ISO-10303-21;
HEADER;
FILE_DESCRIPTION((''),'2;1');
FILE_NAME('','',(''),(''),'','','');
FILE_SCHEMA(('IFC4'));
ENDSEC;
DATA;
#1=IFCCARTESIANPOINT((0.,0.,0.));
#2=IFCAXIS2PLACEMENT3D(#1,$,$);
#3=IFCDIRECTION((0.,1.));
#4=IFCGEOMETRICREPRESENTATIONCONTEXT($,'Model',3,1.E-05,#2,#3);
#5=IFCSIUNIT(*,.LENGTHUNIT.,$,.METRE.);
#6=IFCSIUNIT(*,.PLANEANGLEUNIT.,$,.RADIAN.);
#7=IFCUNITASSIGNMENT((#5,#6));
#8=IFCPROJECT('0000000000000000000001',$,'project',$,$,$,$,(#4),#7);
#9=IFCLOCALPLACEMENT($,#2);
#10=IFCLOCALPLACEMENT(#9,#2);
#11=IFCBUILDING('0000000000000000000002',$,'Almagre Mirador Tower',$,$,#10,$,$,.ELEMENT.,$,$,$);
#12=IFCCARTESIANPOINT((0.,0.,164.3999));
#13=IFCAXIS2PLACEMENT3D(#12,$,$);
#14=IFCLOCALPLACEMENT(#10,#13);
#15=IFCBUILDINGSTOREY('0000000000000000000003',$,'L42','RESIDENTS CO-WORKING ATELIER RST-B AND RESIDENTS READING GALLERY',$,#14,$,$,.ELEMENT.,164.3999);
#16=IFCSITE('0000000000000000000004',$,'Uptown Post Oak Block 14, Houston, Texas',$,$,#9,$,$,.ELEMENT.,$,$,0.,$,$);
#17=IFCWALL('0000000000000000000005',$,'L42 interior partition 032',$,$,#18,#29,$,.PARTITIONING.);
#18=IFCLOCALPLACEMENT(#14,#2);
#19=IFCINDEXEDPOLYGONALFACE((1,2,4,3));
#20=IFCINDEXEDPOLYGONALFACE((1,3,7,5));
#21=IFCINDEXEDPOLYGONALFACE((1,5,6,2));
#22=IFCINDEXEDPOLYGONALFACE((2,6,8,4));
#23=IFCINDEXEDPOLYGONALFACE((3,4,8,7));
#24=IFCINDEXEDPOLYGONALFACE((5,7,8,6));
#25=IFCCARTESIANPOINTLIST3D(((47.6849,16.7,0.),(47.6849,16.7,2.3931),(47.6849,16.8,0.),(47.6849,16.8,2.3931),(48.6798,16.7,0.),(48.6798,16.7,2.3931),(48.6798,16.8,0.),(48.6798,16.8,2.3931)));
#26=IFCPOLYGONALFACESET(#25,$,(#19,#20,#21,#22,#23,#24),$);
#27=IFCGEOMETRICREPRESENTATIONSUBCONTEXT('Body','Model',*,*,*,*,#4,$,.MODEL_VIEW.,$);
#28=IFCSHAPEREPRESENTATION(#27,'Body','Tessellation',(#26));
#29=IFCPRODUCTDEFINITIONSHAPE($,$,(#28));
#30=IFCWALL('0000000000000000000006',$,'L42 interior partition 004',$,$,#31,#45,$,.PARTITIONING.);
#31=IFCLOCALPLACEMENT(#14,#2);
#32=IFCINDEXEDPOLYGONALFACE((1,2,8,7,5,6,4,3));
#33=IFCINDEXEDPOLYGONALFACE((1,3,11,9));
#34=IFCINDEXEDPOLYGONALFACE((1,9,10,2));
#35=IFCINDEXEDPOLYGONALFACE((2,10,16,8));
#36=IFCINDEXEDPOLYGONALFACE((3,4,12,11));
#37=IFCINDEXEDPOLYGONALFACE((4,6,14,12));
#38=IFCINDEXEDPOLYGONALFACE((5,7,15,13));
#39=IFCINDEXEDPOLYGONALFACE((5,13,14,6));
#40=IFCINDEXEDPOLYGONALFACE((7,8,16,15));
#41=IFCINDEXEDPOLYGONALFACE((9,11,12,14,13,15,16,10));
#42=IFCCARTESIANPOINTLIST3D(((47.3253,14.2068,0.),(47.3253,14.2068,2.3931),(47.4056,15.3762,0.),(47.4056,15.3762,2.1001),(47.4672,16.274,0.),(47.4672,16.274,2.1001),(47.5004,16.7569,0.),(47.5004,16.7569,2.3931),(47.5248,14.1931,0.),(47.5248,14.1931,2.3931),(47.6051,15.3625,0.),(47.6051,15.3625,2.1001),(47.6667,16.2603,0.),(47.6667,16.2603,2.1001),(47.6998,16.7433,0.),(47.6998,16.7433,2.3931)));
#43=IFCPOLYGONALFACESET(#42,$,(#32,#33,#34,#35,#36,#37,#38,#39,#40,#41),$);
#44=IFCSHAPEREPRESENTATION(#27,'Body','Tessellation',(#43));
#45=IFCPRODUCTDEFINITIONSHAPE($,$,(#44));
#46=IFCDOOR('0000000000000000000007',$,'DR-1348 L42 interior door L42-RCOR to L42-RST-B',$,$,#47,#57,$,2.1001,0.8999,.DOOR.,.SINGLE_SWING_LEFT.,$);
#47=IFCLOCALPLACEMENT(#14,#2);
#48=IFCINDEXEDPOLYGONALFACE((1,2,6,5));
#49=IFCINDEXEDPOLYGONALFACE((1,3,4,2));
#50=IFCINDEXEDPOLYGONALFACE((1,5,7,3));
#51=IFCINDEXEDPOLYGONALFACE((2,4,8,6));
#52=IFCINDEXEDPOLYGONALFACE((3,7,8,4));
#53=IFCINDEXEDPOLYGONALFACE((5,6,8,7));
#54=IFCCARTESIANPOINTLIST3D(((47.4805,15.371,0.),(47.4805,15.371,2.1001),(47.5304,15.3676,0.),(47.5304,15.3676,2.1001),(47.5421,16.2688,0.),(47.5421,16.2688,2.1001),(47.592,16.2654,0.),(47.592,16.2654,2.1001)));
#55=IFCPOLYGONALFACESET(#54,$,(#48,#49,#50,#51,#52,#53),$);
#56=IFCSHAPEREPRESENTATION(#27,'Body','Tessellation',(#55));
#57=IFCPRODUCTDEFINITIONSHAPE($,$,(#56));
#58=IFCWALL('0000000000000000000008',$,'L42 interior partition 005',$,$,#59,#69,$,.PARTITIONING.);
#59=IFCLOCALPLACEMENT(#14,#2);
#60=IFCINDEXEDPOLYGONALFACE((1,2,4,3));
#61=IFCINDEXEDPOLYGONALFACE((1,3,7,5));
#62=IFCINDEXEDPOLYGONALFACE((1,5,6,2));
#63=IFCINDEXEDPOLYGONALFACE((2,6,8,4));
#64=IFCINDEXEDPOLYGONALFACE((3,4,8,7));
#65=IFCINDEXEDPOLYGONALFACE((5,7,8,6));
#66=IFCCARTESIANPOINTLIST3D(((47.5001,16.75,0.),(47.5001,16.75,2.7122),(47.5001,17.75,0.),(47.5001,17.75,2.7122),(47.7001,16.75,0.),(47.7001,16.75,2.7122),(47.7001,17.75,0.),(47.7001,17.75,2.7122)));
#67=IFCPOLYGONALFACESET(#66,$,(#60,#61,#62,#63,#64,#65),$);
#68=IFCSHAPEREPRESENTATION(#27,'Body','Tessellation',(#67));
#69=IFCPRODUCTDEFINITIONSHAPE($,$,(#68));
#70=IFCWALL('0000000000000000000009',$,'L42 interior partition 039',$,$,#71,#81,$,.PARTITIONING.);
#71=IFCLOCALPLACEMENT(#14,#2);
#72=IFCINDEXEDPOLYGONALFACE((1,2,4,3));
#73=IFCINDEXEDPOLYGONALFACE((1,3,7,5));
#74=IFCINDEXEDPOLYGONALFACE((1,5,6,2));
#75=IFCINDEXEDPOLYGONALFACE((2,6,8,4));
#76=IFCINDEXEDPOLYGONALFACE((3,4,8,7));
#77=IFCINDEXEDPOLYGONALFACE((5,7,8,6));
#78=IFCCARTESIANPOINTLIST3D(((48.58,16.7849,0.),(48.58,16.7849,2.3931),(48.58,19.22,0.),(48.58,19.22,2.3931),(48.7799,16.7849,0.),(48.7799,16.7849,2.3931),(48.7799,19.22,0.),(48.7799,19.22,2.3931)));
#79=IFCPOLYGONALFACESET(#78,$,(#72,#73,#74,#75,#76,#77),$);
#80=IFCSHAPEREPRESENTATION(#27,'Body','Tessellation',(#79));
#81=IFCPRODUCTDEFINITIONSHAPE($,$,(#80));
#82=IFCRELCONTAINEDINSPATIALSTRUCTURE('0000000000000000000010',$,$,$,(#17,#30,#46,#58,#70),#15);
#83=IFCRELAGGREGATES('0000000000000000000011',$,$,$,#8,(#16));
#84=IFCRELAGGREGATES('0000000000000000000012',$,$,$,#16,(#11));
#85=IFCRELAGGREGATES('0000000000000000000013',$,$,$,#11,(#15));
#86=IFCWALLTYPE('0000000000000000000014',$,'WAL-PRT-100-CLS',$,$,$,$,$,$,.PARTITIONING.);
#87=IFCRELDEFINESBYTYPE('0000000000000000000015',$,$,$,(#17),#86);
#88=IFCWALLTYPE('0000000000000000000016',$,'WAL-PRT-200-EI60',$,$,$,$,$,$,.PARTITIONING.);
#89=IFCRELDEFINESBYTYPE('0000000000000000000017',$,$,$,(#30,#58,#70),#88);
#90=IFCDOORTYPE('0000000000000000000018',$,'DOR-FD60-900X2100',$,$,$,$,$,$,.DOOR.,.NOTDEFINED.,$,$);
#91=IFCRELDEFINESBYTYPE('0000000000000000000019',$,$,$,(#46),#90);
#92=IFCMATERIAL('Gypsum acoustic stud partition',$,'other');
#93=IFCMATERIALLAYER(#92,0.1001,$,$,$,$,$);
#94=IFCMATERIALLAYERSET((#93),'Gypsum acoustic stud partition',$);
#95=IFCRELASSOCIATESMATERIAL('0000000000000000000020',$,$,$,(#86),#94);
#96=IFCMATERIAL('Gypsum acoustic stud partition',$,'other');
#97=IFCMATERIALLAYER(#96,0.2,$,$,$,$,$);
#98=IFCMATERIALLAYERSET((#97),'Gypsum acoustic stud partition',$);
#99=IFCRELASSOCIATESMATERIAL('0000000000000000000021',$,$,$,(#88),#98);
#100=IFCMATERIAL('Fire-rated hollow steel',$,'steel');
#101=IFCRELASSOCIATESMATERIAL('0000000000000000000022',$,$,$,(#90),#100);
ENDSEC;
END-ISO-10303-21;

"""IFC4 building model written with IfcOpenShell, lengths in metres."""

from ifc_helpers import new_model, si_unit, direction, frame, frame_2d, origin, place, context, subcontext, project, spatial, rectangle, extrude, material, layer, layer_set, type_object, element, fill, save


model = new_model("IFC4")

# Units and contexts
model_context = context("Model", 3, precision=1e-05, world=origin(), true_north=direction((0.0, 1.0)))
body_context = subcontext(model_context, "Body", "Model", "MODEL_VIEW")
ifc_project = project(units=[si_unit("LENGTHUNIT", "METRE"), si_unit("PLANEANGLEUNIT", "RADIAN")], contexts=[model_context])

# Site, building, storey
site_placement = place(None, origin())
site = spatial("IfcSite", under=ifc_project, at=site_placement, Name="Uptown Post Oak Block 14, Houston, Texas", CompositionType="ELEMENT", RefElevation=0.0)
building_placement = place(site_placement, origin())
building = spatial("IfcBuilding", under=site, at=building_placement, Name="Almagre Mirador Tower", CompositionType="ELEMENT")
storey_placement = place(building_placement, frame((0.0, 0.0, 164.3999)))
storey = spatial("IfcBuildingStorey", under=building, at=storey_placement, Name="L42", Description="RESIDENTS CO-WORKING ATELIER RST-B AND RESIDENTS READING GALLERY", CompositionType="ELEMENT", Elevation=164.3999)

# Wall
ifc_material_1 = material(Name="Gypsum acoustic stud partition", Category="other")
ifc_layer_1 = layer(ifc_material_1, 0.1001)
ifc_layer_set_1 = layer_set([ifc_layer_1], Name="Gypsum acoustic stud partition")
wall_type_1 = type_object("IfcWallType", Name="WAL-PRT-100-CLS", PredefinedType="PARTITIONING", material=ifc_layer_set_1)
wall_1_placement = place(storey_placement, frame((48.6799, 16.75, 0.0), z_axis=(0.0, 0.0, 1.0), x_axis=(-1.0, 0.0, 0.0)))
element("IfcWall", 1, at=wall_1_placement, inside=storey, type_object=wall_type_1, Name="L42 interior partition 032", PredefinedType="PARTITIONING", context=body_context, shape_type="SweptSolid", body=[
    extrude(rectangle(XDim=0.9949, YDim=0.1001, at=frame_2d((0.4976, 0.0))), origin(), (0.0, 0.0, 1.0), 2.3931),
])

# Wall, opening, door
ifc_material_2 = material(Name="Gypsum acoustic stud partition", Category="other")
ifc_layer_2 = layer(ifc_material_2, 0.2)
ifc_layer_set_2 = layer_set([ifc_layer_2], Name="Gypsum acoustic stud partition")
wall_type_2 = type_object("IfcWallType", Name="WAL-PRT-200-EI60", PredefinedType="PARTITIONING", material=ifc_layer_set_2)
wall_2_placement = place(storey_placement, frame((47.425, 14.2, 0.0), z_axis=(0.0, 0.0, 1.0), x_axis=(0.068484, 0.997652, 0.0)))
wall_2 = element("IfcWall", 2, at=wall_2_placement, inside=storey, type_object=wall_type_2, Name="L42 interior partition 004", PredefinedType="PARTITIONING", context=body_context, shape_type="SweptSolid", body=[
    extrude(rectangle(XDim=2.5562, YDim=0.2, at=frame_2d((1.2781, 0.0))), origin(), (0.0, 0.0, 1.0), 2.3931),
])
opening_1_placement = place(wall_2_placement, frame((1.1721, 0.0, 0.0)))
opening_1 = element("IfcOpeningElement", 3, at=opening_1_placement, cuts=wall_2, PredefinedType="OPENING", context=body_context, shape_type="SweptSolid", body=[
    extrude(rectangle(XDim=0.8999, YDim=2.1001, at=frame_2d((0.45, 1.05))), frame((0.0, 0.1101, 0.0), z_axis=(0.0, -1.0, 0.0), x_axis=(1.0, 0.0, 0.0)), (0.0, 0.0, 1.0), 0.22),
])
ifc_material_3 = material(Name="Fire-rated hollow steel", Category="steel")
door_type = type_object("IfcDoorType", Name="DOR-FD60-900X2100", OperationType="NOTDEFINED", PredefinedType="DOOR", material=ifc_material_3)
door_placement = place(opening_1_placement, origin())
door = element("IfcDoor", 4, at=door_placement, inside=storey, type_object=door_type, Name="DR-1348 L42 interior door L42-RCOR to L42-RST-B", OperationType="SINGLE_SWING_LEFT", OverallHeight=2.1001, OverallWidth=0.8999, PredefinedType="DOOR", context=body_context, shape_type="SweptSolid", body=[
    extrude(rectangle(XDim=0.8999, YDim=2.1001, at=frame_2d((0.45, 1.05))), frame((0.0, 0.0249, 0.0), z_axis=(0.0, -1.0, 0.0), x_axis=(1.0, 0.0, 0.0)), (0.0, 0.0, 1.0), 0.05),
])
fill(opening_1, door)

# Walls
wall_3_placement = place(storey_placement, frame((47.6001, 16.75, 0.0), z_axis=(0.0, 0.0, 1.0), x_axis=(0.0, 1.0, 0.0)))
element("IfcWall", 5, at=wall_3_placement, inside=storey, type_object=wall_type_2, Name="L42 interior partition 005", PredefinedType="PARTITIONING", context=body_context, shape_type="SweptSolid", body=[
    extrude(rectangle(XDim=1.0, YDim=0.2, at=frame_2d((0.5, 0.0))), origin(), (0.0, 0.0, 1.0), 2.7122),
])
wall_4_placement = place(storey_placement, frame((48.6799, 16.7849, 0.0), z_axis=(0.0, 0.0, 1.0), x_axis=(0.0, 1.0, 0.0)))
element("IfcWall", 6, at=wall_4_placement, inside=storey, type_object=wall_type_2, Name="L42 interior partition 039", PredefinedType="PARTITIONING", context=body_context, shape_type="SweptSolid", body=[
    extrude(rectangle(XDim=2.4351, YDim=0.2, at=frame_2d((1.2175, 0.0))), origin(), (0.0, 0.0, 1.0), 2.3931),
])

save(model, "model.ifc")
